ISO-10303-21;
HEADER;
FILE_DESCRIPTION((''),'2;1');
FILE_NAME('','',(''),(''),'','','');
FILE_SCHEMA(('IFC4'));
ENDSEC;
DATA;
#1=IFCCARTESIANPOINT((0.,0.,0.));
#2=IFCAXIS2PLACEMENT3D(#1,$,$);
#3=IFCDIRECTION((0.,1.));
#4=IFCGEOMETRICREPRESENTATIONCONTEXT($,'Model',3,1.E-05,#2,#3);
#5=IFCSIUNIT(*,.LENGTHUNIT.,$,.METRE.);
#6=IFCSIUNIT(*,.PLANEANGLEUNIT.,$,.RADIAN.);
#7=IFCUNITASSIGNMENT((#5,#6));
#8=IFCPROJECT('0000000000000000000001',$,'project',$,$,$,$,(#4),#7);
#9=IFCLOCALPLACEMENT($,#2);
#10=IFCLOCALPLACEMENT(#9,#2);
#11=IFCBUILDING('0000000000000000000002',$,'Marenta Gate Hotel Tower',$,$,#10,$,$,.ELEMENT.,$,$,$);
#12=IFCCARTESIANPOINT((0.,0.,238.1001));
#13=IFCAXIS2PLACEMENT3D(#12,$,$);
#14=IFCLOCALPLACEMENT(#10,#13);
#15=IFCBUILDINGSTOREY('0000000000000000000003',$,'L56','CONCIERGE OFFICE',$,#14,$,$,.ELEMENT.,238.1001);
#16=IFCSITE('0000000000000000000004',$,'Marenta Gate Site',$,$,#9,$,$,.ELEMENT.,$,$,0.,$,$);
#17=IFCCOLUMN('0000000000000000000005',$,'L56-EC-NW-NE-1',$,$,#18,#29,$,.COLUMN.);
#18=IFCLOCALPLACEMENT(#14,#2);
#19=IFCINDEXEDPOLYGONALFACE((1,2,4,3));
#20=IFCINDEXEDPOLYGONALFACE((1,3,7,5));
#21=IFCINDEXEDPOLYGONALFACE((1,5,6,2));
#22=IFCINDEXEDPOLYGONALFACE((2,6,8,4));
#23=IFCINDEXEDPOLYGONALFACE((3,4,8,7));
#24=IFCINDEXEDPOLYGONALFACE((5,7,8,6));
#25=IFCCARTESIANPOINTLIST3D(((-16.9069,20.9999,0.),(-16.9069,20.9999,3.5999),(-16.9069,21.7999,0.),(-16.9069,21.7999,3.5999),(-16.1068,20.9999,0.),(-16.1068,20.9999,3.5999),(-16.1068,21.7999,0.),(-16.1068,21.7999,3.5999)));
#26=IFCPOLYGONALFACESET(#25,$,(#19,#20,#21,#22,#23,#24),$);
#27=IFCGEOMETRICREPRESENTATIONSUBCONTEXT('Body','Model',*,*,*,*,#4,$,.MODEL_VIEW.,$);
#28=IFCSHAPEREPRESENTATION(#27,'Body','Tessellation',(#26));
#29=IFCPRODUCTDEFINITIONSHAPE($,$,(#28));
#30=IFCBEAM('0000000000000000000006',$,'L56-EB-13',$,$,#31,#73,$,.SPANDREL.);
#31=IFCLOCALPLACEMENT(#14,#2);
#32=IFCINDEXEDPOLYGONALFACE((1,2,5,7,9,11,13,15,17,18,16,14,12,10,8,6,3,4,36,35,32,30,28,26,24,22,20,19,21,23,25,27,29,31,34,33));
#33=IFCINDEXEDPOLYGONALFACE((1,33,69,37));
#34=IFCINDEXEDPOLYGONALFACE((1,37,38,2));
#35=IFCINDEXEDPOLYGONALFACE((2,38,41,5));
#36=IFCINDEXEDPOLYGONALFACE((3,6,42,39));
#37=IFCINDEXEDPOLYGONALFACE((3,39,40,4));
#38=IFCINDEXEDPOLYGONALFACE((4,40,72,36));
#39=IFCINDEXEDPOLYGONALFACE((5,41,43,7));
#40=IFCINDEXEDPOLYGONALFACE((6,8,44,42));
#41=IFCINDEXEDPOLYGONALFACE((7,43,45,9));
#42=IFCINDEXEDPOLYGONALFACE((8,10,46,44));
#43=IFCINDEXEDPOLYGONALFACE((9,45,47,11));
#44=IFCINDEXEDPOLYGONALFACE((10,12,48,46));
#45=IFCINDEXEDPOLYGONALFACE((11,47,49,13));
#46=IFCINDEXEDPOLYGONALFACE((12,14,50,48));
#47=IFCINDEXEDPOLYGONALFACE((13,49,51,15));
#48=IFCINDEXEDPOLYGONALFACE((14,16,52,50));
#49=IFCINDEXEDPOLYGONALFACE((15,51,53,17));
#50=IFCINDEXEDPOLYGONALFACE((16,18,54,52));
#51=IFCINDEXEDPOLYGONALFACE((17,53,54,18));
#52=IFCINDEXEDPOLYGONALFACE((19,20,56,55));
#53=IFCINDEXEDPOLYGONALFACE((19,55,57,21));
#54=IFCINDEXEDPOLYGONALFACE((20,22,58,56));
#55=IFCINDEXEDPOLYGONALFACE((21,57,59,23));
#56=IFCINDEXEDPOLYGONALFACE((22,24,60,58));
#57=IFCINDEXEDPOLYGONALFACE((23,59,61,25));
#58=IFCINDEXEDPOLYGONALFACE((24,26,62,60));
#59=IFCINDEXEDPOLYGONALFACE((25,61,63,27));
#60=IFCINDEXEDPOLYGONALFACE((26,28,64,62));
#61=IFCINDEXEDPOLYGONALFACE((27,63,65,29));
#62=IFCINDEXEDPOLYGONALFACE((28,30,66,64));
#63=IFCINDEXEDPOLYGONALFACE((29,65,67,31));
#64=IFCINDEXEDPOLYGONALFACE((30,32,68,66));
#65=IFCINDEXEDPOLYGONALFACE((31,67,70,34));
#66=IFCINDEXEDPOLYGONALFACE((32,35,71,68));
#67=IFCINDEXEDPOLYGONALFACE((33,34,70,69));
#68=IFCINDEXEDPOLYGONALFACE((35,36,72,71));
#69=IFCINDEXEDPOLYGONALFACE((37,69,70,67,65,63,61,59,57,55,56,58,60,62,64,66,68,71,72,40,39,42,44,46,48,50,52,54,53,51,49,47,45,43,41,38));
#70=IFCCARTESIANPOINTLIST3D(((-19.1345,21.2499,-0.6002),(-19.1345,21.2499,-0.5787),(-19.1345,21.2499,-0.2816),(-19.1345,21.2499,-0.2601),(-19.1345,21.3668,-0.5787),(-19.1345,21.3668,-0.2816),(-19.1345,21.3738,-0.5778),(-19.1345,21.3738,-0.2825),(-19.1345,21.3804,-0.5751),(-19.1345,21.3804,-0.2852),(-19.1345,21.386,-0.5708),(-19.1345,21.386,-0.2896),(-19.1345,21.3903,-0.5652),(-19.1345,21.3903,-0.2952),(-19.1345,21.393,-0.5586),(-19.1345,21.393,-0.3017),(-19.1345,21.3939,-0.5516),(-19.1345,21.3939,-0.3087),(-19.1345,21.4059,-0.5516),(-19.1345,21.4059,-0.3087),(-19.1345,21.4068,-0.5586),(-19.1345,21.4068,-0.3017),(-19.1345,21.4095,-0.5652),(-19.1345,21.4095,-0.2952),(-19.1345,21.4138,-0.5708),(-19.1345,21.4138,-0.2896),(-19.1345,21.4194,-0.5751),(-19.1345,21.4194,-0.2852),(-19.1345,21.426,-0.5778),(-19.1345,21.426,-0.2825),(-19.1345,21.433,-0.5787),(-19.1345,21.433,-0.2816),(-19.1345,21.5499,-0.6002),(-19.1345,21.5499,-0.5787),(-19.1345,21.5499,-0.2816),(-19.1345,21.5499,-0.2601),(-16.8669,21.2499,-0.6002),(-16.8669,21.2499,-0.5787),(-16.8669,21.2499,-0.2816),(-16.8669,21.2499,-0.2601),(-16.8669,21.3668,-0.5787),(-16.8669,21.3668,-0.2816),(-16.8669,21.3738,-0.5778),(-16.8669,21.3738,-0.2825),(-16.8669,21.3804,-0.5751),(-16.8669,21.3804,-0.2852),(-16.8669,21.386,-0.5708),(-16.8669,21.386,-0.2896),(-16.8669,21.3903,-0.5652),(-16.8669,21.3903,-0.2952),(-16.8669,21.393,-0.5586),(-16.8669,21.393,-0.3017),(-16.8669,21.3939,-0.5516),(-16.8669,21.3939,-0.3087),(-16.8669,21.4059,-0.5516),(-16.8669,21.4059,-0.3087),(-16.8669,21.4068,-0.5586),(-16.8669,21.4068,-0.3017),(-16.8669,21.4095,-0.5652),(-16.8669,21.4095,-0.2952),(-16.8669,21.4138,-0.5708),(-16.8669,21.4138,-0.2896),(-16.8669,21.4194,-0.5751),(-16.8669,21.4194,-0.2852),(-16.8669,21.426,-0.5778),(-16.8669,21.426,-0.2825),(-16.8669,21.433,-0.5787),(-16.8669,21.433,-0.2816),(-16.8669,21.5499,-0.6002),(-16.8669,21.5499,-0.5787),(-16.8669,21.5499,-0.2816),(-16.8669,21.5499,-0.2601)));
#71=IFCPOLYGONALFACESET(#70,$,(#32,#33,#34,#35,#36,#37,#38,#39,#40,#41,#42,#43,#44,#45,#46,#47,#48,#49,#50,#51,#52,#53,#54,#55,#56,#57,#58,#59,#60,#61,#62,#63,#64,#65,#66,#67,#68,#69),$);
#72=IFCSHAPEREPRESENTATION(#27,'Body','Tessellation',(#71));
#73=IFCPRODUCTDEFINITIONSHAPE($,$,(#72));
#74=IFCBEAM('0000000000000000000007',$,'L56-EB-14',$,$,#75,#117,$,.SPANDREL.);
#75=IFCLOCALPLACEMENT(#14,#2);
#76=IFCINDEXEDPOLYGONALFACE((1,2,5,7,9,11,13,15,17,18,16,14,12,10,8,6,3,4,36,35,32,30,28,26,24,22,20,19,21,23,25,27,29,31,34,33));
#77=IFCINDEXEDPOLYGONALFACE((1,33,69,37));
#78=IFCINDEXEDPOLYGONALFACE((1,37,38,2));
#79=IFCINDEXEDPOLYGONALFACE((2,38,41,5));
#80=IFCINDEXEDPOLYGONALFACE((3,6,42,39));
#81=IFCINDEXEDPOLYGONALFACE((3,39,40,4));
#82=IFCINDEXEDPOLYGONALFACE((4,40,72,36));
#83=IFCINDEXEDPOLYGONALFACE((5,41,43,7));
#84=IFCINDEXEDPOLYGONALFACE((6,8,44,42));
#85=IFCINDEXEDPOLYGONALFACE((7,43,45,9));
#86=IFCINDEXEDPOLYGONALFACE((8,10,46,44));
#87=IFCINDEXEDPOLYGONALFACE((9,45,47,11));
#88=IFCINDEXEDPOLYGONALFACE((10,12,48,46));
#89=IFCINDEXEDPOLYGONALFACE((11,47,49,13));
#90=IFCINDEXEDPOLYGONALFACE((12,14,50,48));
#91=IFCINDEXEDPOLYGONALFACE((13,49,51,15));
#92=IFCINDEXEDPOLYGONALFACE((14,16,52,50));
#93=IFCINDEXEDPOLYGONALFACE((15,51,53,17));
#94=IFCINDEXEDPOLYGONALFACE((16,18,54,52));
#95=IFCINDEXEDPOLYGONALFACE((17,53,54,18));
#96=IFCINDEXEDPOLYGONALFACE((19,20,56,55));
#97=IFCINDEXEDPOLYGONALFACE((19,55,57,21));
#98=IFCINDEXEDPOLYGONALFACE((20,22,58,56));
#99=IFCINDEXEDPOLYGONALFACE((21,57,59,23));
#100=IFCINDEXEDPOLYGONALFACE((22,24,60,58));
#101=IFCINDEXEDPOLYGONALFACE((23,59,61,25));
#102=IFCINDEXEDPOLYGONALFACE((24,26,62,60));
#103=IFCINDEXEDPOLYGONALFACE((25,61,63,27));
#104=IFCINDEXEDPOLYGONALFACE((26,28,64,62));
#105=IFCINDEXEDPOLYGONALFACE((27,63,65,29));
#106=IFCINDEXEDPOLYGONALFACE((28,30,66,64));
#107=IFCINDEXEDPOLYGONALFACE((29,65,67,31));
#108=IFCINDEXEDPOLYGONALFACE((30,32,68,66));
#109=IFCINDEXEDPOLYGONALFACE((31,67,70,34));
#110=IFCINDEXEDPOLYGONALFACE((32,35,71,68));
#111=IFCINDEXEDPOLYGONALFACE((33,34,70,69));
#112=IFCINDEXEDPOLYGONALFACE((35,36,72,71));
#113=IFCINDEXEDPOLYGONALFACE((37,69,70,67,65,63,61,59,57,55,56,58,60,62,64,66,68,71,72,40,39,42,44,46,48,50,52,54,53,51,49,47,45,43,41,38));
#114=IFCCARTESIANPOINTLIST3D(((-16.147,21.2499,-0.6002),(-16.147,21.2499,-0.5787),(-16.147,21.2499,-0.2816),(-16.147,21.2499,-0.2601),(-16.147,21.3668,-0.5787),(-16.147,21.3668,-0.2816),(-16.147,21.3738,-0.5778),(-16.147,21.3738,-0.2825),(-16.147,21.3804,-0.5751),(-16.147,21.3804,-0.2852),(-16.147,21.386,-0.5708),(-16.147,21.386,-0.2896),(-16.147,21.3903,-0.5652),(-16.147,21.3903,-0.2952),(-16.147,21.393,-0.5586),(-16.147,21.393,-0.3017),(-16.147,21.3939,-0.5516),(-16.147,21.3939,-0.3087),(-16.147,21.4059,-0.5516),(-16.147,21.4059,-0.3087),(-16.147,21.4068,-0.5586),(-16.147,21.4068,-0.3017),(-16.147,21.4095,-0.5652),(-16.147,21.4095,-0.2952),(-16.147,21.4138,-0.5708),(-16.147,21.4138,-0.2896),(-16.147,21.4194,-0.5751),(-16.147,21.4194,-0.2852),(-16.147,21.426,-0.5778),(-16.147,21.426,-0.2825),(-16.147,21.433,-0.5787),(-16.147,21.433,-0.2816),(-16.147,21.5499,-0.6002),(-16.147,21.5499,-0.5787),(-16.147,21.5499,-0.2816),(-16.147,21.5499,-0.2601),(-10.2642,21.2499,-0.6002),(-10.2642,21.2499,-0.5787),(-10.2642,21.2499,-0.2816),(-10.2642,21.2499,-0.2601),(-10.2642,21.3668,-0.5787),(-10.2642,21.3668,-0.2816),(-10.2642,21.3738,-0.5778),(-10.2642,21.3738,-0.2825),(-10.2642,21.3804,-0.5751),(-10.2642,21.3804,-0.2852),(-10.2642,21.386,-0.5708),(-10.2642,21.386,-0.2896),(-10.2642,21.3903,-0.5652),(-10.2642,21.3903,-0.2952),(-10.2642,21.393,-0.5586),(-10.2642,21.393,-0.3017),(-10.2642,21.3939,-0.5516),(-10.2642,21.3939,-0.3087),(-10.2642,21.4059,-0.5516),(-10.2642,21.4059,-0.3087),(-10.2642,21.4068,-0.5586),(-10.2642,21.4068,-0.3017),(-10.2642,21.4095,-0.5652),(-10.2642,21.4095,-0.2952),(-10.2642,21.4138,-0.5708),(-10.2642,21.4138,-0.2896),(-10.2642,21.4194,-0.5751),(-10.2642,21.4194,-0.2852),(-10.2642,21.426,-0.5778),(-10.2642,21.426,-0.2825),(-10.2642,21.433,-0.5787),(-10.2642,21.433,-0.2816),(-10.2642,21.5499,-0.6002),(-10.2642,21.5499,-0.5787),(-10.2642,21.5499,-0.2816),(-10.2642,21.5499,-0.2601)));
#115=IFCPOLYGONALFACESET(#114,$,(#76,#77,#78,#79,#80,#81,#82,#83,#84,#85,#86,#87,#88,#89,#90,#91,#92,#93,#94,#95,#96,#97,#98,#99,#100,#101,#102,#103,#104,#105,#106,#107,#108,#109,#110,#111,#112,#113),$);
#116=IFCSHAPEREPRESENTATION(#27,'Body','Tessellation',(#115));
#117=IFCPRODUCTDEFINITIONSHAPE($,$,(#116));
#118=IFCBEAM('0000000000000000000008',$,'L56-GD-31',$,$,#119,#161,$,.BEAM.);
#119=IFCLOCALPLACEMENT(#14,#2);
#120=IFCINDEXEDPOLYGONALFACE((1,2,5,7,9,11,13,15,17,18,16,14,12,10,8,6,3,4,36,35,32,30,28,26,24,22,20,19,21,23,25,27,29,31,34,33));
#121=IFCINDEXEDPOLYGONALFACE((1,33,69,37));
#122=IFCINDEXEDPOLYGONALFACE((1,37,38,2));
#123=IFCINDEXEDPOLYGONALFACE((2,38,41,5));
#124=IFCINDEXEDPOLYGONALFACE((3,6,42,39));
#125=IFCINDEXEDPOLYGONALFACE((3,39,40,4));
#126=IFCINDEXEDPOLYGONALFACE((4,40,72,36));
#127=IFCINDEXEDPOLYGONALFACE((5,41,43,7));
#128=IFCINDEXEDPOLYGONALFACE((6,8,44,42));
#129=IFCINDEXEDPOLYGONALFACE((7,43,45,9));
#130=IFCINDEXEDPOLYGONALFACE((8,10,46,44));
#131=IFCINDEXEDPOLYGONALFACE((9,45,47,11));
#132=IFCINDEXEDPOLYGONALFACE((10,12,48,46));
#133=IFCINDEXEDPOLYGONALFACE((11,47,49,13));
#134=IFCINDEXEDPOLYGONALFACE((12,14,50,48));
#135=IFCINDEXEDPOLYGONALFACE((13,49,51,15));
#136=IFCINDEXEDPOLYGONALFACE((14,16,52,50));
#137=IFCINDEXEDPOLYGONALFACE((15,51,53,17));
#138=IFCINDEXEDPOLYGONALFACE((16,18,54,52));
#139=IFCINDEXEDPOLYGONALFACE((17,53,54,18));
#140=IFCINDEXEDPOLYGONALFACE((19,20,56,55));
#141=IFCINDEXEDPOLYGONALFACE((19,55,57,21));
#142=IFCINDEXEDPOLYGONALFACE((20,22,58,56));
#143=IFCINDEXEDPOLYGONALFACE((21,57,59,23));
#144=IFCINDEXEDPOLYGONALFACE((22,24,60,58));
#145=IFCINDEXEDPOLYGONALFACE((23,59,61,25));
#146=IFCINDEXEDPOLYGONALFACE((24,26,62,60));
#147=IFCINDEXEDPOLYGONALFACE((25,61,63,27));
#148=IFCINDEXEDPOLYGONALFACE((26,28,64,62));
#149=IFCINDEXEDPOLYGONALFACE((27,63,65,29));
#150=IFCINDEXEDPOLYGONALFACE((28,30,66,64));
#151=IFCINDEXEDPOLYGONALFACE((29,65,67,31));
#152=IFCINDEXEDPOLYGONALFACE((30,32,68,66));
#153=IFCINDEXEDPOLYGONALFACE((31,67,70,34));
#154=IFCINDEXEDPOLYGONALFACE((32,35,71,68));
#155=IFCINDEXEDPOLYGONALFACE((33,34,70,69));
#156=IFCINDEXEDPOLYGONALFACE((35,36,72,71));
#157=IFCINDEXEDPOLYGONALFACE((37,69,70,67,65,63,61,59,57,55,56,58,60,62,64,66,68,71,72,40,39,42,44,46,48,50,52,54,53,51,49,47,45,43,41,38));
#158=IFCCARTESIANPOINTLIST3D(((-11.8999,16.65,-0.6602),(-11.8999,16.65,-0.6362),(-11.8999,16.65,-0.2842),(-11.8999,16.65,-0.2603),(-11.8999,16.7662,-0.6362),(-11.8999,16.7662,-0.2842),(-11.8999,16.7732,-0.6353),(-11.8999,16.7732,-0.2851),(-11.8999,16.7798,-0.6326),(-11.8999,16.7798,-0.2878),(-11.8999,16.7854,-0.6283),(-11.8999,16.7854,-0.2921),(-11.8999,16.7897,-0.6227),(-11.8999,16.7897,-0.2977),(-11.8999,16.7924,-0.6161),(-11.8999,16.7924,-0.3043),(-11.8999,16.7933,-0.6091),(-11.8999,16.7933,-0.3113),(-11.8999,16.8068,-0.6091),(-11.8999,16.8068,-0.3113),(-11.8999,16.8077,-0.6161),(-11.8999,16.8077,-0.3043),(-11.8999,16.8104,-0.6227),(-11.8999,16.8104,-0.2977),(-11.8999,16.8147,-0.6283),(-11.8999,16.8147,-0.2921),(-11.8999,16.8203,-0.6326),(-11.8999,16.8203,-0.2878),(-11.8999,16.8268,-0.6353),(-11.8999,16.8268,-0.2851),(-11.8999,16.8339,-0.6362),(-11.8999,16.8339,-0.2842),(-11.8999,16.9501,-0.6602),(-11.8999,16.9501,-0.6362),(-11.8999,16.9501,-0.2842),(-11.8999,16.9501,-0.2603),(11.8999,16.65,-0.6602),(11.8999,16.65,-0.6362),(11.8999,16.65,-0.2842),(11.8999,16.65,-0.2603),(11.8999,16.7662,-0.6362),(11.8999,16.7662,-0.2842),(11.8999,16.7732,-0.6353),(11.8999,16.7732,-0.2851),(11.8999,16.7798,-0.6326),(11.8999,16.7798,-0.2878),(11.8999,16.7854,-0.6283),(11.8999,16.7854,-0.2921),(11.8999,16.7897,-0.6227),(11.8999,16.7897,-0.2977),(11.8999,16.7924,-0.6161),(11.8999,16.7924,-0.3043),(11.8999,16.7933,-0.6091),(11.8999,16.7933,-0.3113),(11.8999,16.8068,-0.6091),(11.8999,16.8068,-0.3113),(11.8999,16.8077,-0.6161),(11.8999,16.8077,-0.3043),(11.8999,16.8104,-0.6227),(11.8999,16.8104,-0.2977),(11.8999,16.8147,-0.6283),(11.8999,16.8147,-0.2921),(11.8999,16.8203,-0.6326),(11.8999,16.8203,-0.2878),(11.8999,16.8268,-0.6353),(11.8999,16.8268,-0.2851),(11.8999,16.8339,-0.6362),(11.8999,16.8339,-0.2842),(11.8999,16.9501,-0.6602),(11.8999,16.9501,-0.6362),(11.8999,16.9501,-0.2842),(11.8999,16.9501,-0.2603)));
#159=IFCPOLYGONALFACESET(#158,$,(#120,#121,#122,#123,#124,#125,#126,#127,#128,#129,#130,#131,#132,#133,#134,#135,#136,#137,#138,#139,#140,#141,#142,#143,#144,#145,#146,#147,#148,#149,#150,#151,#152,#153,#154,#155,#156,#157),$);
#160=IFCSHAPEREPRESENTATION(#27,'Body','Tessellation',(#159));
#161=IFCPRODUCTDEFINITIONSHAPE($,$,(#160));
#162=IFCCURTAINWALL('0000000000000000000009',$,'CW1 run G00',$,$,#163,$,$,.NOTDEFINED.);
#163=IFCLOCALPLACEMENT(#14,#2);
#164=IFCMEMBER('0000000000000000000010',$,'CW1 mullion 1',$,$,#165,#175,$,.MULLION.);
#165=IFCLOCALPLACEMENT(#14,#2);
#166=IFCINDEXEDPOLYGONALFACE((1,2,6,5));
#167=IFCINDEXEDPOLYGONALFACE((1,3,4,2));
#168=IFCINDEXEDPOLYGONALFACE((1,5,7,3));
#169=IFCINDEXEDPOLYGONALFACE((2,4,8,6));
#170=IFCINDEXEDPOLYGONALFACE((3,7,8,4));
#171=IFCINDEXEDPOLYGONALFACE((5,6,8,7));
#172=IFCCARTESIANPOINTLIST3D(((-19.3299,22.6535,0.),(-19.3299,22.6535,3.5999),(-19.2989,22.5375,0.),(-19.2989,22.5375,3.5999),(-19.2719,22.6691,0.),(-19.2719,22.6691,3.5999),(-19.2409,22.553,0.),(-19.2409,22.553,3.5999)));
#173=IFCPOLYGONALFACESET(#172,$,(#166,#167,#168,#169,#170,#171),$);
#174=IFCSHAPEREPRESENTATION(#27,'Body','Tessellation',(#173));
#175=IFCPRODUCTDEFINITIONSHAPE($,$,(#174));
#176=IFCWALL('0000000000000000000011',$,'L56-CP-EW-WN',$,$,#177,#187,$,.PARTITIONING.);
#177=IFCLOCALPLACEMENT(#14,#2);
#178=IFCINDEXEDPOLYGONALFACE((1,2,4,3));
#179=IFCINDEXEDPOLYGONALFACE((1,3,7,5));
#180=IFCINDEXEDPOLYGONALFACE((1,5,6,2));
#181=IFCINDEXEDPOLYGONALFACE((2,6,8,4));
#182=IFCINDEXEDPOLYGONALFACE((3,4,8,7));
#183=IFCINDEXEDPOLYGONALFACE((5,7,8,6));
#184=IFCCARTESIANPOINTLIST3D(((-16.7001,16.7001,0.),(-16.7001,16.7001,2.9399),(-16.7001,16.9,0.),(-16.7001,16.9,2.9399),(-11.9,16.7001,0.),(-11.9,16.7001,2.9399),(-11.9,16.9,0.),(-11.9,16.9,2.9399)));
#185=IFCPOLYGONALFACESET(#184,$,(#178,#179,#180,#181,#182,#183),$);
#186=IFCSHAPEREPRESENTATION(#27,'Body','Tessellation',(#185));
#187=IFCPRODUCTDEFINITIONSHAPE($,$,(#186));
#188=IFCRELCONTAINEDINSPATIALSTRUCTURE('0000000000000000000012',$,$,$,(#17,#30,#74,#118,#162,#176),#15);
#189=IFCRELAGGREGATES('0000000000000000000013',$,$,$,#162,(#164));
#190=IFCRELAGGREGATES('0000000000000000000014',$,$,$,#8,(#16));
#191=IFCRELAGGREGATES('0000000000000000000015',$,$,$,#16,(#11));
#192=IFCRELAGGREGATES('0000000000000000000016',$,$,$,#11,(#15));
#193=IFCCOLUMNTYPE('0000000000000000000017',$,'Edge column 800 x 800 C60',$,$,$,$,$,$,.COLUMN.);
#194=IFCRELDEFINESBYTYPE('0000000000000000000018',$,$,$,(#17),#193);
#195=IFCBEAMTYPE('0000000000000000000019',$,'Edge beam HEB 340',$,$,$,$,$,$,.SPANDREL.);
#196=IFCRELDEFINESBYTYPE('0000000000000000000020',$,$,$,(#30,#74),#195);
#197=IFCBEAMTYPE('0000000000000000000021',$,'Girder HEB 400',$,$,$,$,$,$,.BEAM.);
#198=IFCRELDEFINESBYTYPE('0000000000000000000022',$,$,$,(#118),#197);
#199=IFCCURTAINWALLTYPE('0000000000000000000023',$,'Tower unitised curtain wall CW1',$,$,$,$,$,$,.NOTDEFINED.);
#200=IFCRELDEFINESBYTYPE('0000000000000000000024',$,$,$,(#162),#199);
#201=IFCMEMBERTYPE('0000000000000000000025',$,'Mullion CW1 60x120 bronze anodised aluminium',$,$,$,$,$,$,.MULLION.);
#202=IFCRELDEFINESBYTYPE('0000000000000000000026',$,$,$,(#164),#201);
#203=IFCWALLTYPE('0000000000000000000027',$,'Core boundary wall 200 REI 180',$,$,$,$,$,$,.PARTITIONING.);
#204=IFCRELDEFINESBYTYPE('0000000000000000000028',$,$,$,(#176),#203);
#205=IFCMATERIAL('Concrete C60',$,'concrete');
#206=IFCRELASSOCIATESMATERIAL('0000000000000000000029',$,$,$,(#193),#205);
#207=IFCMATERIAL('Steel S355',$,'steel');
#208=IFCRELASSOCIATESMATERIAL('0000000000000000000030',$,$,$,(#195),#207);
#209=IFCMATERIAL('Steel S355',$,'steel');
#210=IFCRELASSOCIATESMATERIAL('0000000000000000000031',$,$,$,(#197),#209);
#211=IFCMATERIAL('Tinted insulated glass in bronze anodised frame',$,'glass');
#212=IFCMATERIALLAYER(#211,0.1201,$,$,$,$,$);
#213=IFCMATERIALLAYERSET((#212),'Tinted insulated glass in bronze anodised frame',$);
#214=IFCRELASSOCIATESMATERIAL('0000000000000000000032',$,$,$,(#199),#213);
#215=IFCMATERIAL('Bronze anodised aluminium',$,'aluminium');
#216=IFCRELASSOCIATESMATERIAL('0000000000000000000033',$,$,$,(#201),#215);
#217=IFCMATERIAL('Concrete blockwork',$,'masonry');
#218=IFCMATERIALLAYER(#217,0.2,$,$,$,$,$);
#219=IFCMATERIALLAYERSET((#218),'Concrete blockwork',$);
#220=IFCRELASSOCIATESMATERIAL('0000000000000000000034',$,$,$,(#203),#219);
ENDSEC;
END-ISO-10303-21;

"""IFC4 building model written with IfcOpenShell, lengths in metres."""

from ifc_helpers import new_model, si_unit, direction, frame, frame_2d, origin, origin_2d, place, context, subcontext, project, spatial, rectangle, i_section, extrude, material, layer, layer_set, material_profile, profile_set, type_object, element, aggregate, save


model = new_model("IFC4")

# Units and contexts
model_context = context("Model", 3, precision=1e-05, world=origin(), true_north=direction((0.0, 1.0)))
body_context = subcontext(model_context, "Body", "Model", "MODEL_VIEW")
ifc_project = project(units=[si_unit("LENGTHUNIT", "METRE"), si_unit("PLANEANGLEUNIT", "RADIAN")], contexts=[model_context])

# Site, building, storey
site_placement = place(None, origin())
site = spatial("IfcSite", under=ifc_project, at=site_placement, Name="Marenta Gate Site", CompositionType="ELEMENT", RefElevation=0.0)
building_placement = place(site_placement, origin())
building = spatial("IfcBuilding", under=site, at=building_placement, Name="Marenta Gate Hotel Tower", CompositionType="ELEMENT")
storey_placement = place(building_placement, frame((0.0, 0.0, 238.1001)))
storey = spatial("IfcBuildingStorey", under=building, at=storey_placement, Name="L56", Description="CONCIERGE OFFICE", CompositionType="ELEMENT", Elevation=238.1001)

# Column
ifc_material_1 = material(Name="Concrete C60", Category="concrete")
ifc_material_profile_1 = material_profile(ifc_material_1, rectangle(XDim=0.8, YDim=0.8, at=origin_2d()), Name="800 x 800")
ifc_profile_set_1 = profile_set([ifc_material_profile_1], Name="Concrete C60")
column_type = type_object("IfcColumnType", Name="Edge column 800 x 800 C60", PredefinedType="COLUMN", material=ifc_profile_set_1)
column_placement = place(storey_placement, frame((-16.5068, 21.3999, 0.0), z_axis=(0.0, 0.0, 1.0), x_axis=(1.0, 0.0, 0.0)))
element("IfcColumn", 1, at=column_placement, inside=storey, type_object=column_type, Name="L56-EC-NW-NE-1", PredefinedType="COLUMN", context=body_context, shape_type="SweptSolid", body=[
    extrude(rectangle(XDim=0.8, YDim=0.8, at=origin_2d()), origin(), (0.0, 0.0, 1.0), 3.5999),
])

# Beams
ifc_material_2 = material(Name="Steel S355", Category="steel")
ifc_material_profile_2 = material_profile(ifc_material_2, i_section(OverallWidth=0.3, OverallDepth=0.3401, WebThickness=0.012, FlangeThickness=0.0215, FilletRadius=0.0271, at=origin_2d()), Name="HEB 340")
ifc_profile_set_2 = profile_set([ifc_material_profile_2], Name="Steel S355")
beam_type_1 = type_object("IfcBeamType", Name="Edge beam HEB 340", PredefinedType="SPANDREL", material=ifc_profile_set_2)
beam_1_placement = place(storey_placement, frame((-19.1345, 21.3999, -0.4302), z_axis=(1.0, 0.0, 0.0), x_axis=(0.0, 1.0, 0.0)))
element("IfcBeam", 2, at=beam_1_placement, inside=storey, type_object=beam_type_1, Name="L56-EB-13", PredefinedType="SPANDREL", context=body_context, shape_type="SweptSolid", body=[
    extrude(i_section(OverallWidth=0.3, OverallDepth=0.3401, WebThickness=0.012, FlangeThickness=0.0215, FilletRadius=0.0271, at=origin_2d()), origin(), (0.0, 0.0, 1.0), 2.2676),
])
beam_2_placement = place(storey_placement, frame((-16.147, 21.3999, -0.4302), z_axis=(1.0, 0.0, 0.0), x_axis=(0.0, 1.0, 0.0)))
element("IfcBeam", 3, at=beam_2_placement, inside=storey, type_object=beam_type_1, Name="L56-EB-14", PredefinedType="SPANDREL", context=body_context, shape_type="SweptSolid", body=[
    extrude(i_section(OverallWidth=0.3, OverallDepth=0.3401, WebThickness=0.012, FlangeThickness=0.0215, FilletRadius=0.0271, at=origin_2d()), origin(), (0.0, 0.0, 1.0), 5.8828),
])
ifc_material_3 = material(Name="Steel S355", Category="steel")
ifc_material_profile_3 = material_profile(ifc_material_3, i_section(OverallWidth=0.3, OverallDepth=0.3999, WebThickness=0.0134, FlangeThickness=0.0239, FilletRadius=0.0271, at=origin_2d()), Name="HEB 400")
ifc_profile_set_3 = profile_set([ifc_material_profile_3], Name="Steel S355")
beam_type_2 = type_object("IfcBeamType", Name="Girder HEB 400", PredefinedType="BEAM", material=ifc_profile_set_3)
beam_3_placement = place(storey_placement, frame((-11.8999, 16.8, -0.4602), z_axis=(1.0, 0.0, 0.0), x_axis=(0.0, 1.0, 0.0)))
element("IfcBeam", 4, at=beam_3_placement, inside=storey, type_object=beam_type_2, Name="L56-GD-31", PredefinedType="BEAM", context=body_context, shape_type="SweptSolid", body=[
    extrude(i_section(OverallWidth=0.3, OverallDepth=0.3999, WebThickness=0.0134, FlangeThickness=0.0239, FilletRadius=0.0271, at=origin_2d()), origin(), (0.0, 0.0, 1.0), 23.7998),
])

# Curtain wall, member
ifc_material_4 = material(Name="Tinted insulated glass in bronze anodised frame", Category="glass")
ifc_layer_1 = layer(ifc_material_4, 0.1201)
ifc_layer_set_1 = layer_set([ifc_layer_1], Name="Tinted insulated glass in bronze anodised frame")
curtain_wall_type = type_object("IfcCurtainWallType", Name="Tower unitised curtain wall CW1", PredefinedType="NOTDEFINED", material=ifc_layer_set_1)
curtain_wall_placement = place(storey_placement, origin())
curtain_wall = element("IfcCurtainWall", 5, at=curtain_wall_placement, inside=storey, type_object=curtain_wall_type, Name="CW1 run G00", PredefinedType="NOTDEFINED")
ifc_material_5 = material(Name="Bronze anodised aluminium", Category="aluminium")
ifc_material_profile_4 = material_profile(ifc_material_5, rectangle(XDim=0.1201, YDim=0.0601, at=origin_2d()), Name="Mullion CW1 60x120 bronze anodised aluminium")
ifc_profile_set_4 = profile_set([ifc_material_profile_4], Name="Bronze anodised aluminium")
member_type = type_object("IfcMemberType", Name="Mullion CW1 60x120 bronze anodised aluminium", PredefinedType="MULLION", material=ifc_profile_set_4)
member_placement = place(storey_placement, frame((-19.2854, 22.6033, 0.0), z_axis=(0.0, 0.0, 1.0), x_axis=(0.258801, -0.965931, 0.0)))
member = element("IfcMember", 6, at=member_placement, type_object=member_type, Name="CW1 mullion 1", PredefinedType="MULLION", context=body_context, shape_type="SweptSolid", body=[
    extrude(rectangle(XDim=0.1201, YDim=0.0601, at=origin_2d()), origin(), (0.0, 0.0, 1.0), 3.5999),
])
aggregate(curtain_wall, [member])

# Wall
ifc_material_6 = material(Name="Concrete blockwork", Category="masonry")
ifc_layer_2 = layer(ifc_material_6, 0.2)
ifc_layer_set_2 = layer_set([ifc_layer_2], Name="Concrete blockwork")
wall_type_1 = type_object("IfcWallType", Name="Core boundary wall 200 REI 180", PredefinedType="PARTITIONING", material=ifc_layer_set_2)
wall_1_placement = place(storey_placement, frame((-16.7, 16.8, 0.0), z_axis=(0.0, 0.0, 1.0), x_axis=(1.0, 0.0, 0.0)))
element("IfcWall", 7, at=wall_1_placement, inside=storey, type_object=wall_type_1, Name="L56-CP-EW-WN", PredefinedType="PARTITIONING", context=body_context, shape_type="SweptSolid", body=[
    extrude(rectangle(XDim=4.8, YDim=0.2, at=frame_2d((2.3999, 0.0))), origin(), (0.0, 0.0, 1.0), 2.9399),
])

save(model, "model.ifc")
